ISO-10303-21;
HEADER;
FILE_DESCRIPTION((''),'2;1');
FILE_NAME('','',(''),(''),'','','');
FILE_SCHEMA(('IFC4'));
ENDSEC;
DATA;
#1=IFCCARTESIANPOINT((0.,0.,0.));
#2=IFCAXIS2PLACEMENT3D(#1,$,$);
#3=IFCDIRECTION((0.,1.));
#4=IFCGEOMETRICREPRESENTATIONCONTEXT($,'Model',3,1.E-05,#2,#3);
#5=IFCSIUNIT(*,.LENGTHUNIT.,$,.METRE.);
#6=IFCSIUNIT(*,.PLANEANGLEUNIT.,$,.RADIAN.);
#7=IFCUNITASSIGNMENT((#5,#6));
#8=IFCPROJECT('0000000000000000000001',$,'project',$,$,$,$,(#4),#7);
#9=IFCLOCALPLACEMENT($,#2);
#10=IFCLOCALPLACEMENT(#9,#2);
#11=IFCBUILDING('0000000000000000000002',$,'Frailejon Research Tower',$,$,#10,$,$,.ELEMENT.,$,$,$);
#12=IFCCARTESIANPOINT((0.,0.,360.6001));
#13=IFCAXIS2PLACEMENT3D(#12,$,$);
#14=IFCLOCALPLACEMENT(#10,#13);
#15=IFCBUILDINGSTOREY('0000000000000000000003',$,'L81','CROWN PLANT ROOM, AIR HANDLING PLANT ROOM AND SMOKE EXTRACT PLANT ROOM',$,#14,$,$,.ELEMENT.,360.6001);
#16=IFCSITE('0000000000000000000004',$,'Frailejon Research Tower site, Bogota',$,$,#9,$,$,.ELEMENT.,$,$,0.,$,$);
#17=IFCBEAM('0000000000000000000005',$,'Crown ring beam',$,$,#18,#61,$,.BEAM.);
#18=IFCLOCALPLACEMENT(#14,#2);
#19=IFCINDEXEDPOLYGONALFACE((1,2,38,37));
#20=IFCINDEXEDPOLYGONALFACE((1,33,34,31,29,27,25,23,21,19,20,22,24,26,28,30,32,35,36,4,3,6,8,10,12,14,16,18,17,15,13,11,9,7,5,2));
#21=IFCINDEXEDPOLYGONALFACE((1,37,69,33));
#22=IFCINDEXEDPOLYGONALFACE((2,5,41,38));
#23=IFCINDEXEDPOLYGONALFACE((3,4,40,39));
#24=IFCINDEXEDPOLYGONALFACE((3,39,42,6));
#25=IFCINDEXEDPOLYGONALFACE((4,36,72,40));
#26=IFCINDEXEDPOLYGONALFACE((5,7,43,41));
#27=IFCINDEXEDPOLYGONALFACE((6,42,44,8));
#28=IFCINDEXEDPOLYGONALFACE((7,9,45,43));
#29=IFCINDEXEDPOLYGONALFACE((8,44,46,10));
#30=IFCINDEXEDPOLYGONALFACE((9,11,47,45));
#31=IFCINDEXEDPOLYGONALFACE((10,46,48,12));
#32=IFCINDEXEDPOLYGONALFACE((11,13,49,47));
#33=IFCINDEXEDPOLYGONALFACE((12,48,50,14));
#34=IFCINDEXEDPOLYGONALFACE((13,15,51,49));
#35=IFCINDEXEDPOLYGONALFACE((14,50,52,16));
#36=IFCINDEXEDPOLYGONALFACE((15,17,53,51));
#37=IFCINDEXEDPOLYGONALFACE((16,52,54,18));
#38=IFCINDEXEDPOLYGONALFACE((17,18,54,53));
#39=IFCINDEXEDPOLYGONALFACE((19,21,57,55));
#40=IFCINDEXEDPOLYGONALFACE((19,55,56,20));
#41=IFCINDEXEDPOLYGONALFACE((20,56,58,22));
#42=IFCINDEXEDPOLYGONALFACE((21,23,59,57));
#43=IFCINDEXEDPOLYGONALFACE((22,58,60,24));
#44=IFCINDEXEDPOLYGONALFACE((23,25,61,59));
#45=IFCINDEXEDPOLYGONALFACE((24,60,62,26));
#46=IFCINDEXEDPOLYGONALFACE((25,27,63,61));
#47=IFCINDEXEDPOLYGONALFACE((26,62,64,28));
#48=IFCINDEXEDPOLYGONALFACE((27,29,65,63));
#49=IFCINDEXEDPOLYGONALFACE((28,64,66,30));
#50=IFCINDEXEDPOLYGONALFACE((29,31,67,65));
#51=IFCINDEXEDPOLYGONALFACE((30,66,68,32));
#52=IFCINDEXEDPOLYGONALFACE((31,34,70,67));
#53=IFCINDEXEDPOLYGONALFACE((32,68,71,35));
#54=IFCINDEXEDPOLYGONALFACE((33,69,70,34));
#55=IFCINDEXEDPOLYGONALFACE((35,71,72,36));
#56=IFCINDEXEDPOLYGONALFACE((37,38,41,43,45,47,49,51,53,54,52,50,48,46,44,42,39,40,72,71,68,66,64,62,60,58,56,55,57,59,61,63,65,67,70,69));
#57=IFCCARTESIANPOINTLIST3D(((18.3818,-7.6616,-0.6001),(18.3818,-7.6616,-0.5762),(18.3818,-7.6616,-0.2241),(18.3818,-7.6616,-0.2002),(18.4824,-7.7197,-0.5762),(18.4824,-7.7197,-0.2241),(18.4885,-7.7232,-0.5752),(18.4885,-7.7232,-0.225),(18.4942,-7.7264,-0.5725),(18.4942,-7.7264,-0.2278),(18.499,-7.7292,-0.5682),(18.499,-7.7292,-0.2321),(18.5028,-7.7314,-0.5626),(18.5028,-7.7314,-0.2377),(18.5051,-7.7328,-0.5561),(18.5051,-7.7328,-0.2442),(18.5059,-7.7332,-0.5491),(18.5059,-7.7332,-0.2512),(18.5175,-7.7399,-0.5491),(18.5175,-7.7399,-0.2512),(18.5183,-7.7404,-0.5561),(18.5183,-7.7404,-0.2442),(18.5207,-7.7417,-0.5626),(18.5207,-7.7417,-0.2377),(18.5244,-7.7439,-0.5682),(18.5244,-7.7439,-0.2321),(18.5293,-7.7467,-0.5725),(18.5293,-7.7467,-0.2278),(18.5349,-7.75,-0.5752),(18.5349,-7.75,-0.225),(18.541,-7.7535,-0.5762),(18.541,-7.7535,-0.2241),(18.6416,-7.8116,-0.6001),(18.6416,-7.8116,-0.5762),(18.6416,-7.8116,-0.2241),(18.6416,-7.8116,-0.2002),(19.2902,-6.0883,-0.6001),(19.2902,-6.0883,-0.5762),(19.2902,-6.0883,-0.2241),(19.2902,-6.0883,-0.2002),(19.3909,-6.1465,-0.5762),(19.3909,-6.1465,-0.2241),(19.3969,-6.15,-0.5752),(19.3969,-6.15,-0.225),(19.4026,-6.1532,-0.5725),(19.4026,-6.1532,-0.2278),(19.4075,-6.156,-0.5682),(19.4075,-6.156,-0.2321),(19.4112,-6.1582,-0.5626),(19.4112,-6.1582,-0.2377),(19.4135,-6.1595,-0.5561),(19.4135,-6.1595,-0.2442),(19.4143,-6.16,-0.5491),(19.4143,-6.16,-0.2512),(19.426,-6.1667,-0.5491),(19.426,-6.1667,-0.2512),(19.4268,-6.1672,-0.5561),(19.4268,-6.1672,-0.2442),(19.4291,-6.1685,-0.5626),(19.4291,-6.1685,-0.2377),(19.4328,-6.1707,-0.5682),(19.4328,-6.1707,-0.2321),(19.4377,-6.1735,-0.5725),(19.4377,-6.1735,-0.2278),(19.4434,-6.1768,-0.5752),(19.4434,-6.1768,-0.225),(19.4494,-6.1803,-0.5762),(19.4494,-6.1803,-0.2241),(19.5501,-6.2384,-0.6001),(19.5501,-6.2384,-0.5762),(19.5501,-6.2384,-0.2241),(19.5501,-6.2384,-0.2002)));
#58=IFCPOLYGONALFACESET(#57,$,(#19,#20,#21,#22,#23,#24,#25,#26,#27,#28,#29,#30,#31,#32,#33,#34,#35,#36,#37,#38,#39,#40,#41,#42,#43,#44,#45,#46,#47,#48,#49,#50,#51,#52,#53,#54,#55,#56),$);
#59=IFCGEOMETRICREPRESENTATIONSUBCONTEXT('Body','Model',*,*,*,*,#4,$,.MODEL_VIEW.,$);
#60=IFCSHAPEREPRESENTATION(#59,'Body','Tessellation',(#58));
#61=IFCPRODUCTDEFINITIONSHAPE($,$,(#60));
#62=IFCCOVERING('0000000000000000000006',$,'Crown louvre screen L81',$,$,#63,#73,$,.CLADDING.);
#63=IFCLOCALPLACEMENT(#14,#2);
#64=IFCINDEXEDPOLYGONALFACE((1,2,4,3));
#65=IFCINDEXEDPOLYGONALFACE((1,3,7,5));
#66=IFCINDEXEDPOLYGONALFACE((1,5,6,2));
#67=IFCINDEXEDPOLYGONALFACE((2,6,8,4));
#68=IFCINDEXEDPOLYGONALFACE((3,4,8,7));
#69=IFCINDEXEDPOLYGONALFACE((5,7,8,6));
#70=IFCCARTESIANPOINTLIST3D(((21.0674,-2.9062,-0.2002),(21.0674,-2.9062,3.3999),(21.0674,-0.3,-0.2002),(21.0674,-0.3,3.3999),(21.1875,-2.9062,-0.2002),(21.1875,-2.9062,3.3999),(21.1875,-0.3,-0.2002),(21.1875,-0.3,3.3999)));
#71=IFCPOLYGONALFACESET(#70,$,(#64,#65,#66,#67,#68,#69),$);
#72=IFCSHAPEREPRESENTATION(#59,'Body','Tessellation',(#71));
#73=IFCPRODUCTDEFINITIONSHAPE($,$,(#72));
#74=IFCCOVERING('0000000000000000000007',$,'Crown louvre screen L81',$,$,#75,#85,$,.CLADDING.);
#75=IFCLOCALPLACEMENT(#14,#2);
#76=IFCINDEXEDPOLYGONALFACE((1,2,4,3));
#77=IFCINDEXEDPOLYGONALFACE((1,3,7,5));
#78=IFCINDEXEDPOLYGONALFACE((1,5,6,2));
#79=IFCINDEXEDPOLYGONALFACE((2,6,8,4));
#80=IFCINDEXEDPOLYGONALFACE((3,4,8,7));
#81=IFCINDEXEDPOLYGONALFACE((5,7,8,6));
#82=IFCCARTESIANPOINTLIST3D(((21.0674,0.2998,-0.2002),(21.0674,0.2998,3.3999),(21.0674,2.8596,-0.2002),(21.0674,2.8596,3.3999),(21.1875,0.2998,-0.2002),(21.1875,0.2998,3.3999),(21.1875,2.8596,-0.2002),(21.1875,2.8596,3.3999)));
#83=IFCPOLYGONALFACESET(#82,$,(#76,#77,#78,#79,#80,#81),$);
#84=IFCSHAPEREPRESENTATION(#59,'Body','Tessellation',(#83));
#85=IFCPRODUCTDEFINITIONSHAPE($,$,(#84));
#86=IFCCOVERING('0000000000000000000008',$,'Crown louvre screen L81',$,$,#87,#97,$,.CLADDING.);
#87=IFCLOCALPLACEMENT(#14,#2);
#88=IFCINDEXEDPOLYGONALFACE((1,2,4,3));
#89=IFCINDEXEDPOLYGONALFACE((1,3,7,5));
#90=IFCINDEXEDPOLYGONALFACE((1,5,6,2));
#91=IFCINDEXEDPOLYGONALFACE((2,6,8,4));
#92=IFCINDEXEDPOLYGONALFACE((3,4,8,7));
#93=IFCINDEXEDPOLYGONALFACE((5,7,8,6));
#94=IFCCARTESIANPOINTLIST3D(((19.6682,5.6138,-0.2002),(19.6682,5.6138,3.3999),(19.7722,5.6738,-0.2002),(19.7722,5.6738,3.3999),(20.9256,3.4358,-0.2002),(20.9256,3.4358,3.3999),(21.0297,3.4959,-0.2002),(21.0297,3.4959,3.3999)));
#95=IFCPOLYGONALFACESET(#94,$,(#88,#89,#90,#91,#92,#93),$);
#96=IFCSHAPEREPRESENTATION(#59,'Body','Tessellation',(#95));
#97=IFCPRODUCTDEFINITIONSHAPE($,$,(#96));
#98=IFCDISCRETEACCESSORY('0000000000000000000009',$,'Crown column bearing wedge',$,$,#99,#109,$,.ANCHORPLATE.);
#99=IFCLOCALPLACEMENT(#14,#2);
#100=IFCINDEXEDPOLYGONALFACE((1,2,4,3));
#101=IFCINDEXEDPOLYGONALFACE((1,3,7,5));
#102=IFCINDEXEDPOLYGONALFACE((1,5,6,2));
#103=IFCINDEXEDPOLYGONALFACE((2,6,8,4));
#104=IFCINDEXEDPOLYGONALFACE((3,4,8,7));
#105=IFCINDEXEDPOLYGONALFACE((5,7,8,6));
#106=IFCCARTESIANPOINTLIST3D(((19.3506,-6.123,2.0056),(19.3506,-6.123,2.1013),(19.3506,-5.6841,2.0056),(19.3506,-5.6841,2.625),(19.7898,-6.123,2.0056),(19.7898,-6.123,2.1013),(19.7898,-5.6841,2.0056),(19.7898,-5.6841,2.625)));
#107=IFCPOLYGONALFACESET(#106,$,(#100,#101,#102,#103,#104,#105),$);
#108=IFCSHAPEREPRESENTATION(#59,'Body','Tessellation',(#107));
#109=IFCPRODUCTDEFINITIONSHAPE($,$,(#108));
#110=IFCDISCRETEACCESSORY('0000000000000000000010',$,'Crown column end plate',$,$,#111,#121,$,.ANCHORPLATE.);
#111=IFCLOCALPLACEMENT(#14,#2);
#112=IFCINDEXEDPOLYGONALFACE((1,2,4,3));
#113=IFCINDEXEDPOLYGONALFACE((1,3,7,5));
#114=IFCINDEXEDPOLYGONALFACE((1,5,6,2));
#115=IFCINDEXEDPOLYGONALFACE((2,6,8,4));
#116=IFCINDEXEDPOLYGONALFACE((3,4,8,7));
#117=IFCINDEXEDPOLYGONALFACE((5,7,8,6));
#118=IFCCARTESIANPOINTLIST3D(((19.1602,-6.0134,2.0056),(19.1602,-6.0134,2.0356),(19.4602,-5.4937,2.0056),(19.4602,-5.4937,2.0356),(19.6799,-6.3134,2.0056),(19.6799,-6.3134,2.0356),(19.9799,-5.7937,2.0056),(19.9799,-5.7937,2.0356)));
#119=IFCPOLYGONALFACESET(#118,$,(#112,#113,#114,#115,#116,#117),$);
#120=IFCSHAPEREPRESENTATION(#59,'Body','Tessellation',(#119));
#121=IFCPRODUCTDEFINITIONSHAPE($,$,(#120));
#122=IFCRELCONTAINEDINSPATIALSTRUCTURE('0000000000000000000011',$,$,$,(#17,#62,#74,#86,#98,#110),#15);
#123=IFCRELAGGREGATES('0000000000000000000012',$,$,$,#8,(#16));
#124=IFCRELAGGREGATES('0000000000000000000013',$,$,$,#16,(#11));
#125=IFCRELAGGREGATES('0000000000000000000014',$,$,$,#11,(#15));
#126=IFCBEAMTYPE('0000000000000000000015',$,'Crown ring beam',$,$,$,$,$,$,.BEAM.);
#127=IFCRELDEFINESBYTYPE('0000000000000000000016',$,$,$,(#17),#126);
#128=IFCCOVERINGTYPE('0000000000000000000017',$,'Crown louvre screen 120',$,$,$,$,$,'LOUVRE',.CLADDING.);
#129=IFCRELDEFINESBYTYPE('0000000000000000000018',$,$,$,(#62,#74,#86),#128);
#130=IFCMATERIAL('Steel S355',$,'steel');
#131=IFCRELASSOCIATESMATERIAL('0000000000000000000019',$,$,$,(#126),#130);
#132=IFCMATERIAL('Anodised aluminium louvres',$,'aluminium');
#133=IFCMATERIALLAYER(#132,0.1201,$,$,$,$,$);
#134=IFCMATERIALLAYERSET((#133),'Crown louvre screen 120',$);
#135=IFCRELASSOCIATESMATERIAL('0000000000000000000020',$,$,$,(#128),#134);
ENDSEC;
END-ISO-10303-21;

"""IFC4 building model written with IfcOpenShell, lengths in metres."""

from ifc_helpers import new_model, si_unit, direction, frame, origin, origin_2d, place, context, subcontext, project, spatial, polyline, rectangle, i_section, outline, extrude, material, layer, layer_set, material_profile, profile_set, type_object, element, save


model = new_model("IFC4")

# Units and contexts
model_context = context("Model", 3, precision=1e-05, world=origin(), true_north=direction((0.0, 1.0)))
body_context = subcontext(model_context, "Body", "Model", "MODEL_VIEW")
ifc_project = project(units=[si_unit("LENGTHUNIT", "METRE"), si_unit("PLANEANGLEUNIT", "RADIAN")], contexts=[model_context])

# Site, building, storey
site_placement = place(None, origin())
site = spatial("IfcSite", under=ifc_project, at=site_placement, Name="Frailejon Research Tower site, Bogota", CompositionType="ELEMENT", RefElevation=0.0)
building_placement = place(site_placement, origin())
building = spatial("IfcBuilding", under=site, at=building_placement, Name="Frailejon Research Tower", CompositionType="ELEMENT")
storey_placement = place(building_placement, frame((0.0, 0.0, 360.6001)))
storey = spatial("IfcBuildingStorey", under=building, at=storey_placement, Name="L81", Description="CROWN PLANT ROOM, AIR HANDLING PLANT ROOM AND SMOKE EXTRACT PLANT ROOM", CompositionType="ELEMENT", Elevation=360.6001)

# Beam
ifc_material_1 = material(Name="Steel S355", Category="steel")
ifc_material_profile_1 = material_profile(ifc_material_1, i_section(OverallWidth=0.3, OverallDepth=0.3999, WebThickness=0.0134, FlangeThickness=0.0239, FilletRadius=0.0271, at=origin_2d()), Name="HE 400 B")
ifc_profile_set_1 = profile_set([ifc_material_profile_1], Name="Steel S355")
beam_type_1 = type_object("IfcBeamType", Name="Crown ring beam", PredefinedType="BEAM", material=ifc_profile_set_1)
beam_1_placement = place(storey_placement, frame((18.5117, -7.7366, -0.4001), z_axis=(0.500056, 0.865993, 0.0), x_axis=(-0.865993, 0.500056, 0.0)))
element("IfcBeam", 1, at=beam_1_placement, inside=storey, type_object=beam_type_1, Name="Crown ring beam", PredefinedType="BEAM", context=body_context, shape_type="SweptSolid", body=[
    extrude(i_section(OverallWidth=0.3, OverallDepth=0.3999, WebThickness=0.0134, FlangeThickness=0.0239, FilletRadius=0.0271, at=origin_2d()), origin(), (0.0, 0.0, 1.0), 1.8167),
])

# Coverings
ifc_material_2 = material(Name="Anodised aluminium louvres", Category="aluminium")
ifc_layer = layer(ifc_material_2, 0.1201)
ifc_layer_set = layer_set([ifc_layer], Name="Crown louvre screen 120")
covering_type = type_object("IfcCoveringType", Name="Crown louvre screen 120", ElementType="LOUVRE", PredefinedType="CLADDING", material=ifc_layer_set)
covering_1_placement = place(storey_placement, frame((21.1274, -0.3, -0.2002), z_axis=(0.0, -1.0, 0.0), x_axis=(1.0, 0.0, 0.0)))
element("IfcCovering", 2, at=covering_1_placement, inside=storey, type_object=covering_type, Name="Crown louvre screen L81", PredefinedType="CLADDING", context=body_context, shape_type="SweptSolid", body=[
    extrude(outline(polyline([(-0.0601, 0.0), (0.0601, 0.0), (0.0601, 3.6001), (-0.0601, 3.6001), (-0.0601, 0.0)])), origin(), (0.0, 0.0, 1.0), 2.6062),
])
covering_2_placement = place(storey_placement, frame((21.1274, 2.8596, -0.2002), z_axis=(0.0, -1.0, 0.0), x_axis=(1.0, 0.0, 0.0)))
element("IfcCovering", 3, at=covering_2_placement, inside=storey, type_object=covering_type, Name="Crown louvre screen L81", PredefinedType="CLADDING", context=body_context, shape_type="SweptSolid", body=[
    extrude(outline(polyline([(-0.0601, 0.0), (0.0601, 0.0), (0.0601, 3.6001), (-0.0601, 3.6001), (-0.0601, 0.0)])), origin(), (0.0, 0.0, 1.0), 2.5598),
])
covering_3_placement = place(storey_placement, frame((19.7202, 5.6438, -0.2002), z_axis=(0.499997, -0.866027, 0.0), x_axis=(0.866027, 0.499997, 0.0)))
element("IfcCovering", 4, at=covering_3_placement, inside=storey, type_object=covering_type, Name="Crown louvre screen L81", PredefinedType="CLADDING", context=body_context, shape_type="SweptSolid", body=[
    extrude(outline(polyline([(-0.0601, 0.0), (0.0601, 0.0), (0.0601, 3.6001), (-0.0601, 3.6001), (-0.0601, 0.0)])), origin(), (0.0, 0.0, 1.0), 2.5149),
])

# Discrete accessories
discrete_accessory_1_placement = place(storey_placement, frame((19.3506, -5.9036, 2.0056), z_axis=(1.0, 0.0, 0.0), x_axis=(0.0, 1.0, 0.0)))
element("IfcDiscreteAccessory", 5, at=discrete_accessory_1_placement, inside=storey, Name="Crown column bearing wedge", PredefinedType="ANCHORPLATE", context=body_context, shape_type="SweptSolid", body=[
    extrude(outline(polyline([(-0.2195, 0.0), (0.2195, 0.0), (0.2195, 0.6194), (-0.2195, 0.0957), (-0.2195, 0.0)])), origin(), (0.0, 0.0, 1.0), 0.4392),
])
discrete_accessory_2_placement = place(storey_placement, frame((19.5701, -5.9036, 2.0056), z_axis=(0.0, 0.0, 1.0), x_axis=(0.5, 0.866025, 0.0)))
element("IfcDiscreteAccessory", 6, at=discrete_accessory_2_placement, inside=storey, Name="Crown column end plate", PredefinedType="ANCHORPLATE", context=body_context, shape_type="SweptSolid", body=[
    extrude(rectangle(XDim=0.6001, YDim=0.6001, at=origin_2d()), origin(), (0.0, 0.0, 1.0), 0.03),
])

save(model, "model.ifc")
